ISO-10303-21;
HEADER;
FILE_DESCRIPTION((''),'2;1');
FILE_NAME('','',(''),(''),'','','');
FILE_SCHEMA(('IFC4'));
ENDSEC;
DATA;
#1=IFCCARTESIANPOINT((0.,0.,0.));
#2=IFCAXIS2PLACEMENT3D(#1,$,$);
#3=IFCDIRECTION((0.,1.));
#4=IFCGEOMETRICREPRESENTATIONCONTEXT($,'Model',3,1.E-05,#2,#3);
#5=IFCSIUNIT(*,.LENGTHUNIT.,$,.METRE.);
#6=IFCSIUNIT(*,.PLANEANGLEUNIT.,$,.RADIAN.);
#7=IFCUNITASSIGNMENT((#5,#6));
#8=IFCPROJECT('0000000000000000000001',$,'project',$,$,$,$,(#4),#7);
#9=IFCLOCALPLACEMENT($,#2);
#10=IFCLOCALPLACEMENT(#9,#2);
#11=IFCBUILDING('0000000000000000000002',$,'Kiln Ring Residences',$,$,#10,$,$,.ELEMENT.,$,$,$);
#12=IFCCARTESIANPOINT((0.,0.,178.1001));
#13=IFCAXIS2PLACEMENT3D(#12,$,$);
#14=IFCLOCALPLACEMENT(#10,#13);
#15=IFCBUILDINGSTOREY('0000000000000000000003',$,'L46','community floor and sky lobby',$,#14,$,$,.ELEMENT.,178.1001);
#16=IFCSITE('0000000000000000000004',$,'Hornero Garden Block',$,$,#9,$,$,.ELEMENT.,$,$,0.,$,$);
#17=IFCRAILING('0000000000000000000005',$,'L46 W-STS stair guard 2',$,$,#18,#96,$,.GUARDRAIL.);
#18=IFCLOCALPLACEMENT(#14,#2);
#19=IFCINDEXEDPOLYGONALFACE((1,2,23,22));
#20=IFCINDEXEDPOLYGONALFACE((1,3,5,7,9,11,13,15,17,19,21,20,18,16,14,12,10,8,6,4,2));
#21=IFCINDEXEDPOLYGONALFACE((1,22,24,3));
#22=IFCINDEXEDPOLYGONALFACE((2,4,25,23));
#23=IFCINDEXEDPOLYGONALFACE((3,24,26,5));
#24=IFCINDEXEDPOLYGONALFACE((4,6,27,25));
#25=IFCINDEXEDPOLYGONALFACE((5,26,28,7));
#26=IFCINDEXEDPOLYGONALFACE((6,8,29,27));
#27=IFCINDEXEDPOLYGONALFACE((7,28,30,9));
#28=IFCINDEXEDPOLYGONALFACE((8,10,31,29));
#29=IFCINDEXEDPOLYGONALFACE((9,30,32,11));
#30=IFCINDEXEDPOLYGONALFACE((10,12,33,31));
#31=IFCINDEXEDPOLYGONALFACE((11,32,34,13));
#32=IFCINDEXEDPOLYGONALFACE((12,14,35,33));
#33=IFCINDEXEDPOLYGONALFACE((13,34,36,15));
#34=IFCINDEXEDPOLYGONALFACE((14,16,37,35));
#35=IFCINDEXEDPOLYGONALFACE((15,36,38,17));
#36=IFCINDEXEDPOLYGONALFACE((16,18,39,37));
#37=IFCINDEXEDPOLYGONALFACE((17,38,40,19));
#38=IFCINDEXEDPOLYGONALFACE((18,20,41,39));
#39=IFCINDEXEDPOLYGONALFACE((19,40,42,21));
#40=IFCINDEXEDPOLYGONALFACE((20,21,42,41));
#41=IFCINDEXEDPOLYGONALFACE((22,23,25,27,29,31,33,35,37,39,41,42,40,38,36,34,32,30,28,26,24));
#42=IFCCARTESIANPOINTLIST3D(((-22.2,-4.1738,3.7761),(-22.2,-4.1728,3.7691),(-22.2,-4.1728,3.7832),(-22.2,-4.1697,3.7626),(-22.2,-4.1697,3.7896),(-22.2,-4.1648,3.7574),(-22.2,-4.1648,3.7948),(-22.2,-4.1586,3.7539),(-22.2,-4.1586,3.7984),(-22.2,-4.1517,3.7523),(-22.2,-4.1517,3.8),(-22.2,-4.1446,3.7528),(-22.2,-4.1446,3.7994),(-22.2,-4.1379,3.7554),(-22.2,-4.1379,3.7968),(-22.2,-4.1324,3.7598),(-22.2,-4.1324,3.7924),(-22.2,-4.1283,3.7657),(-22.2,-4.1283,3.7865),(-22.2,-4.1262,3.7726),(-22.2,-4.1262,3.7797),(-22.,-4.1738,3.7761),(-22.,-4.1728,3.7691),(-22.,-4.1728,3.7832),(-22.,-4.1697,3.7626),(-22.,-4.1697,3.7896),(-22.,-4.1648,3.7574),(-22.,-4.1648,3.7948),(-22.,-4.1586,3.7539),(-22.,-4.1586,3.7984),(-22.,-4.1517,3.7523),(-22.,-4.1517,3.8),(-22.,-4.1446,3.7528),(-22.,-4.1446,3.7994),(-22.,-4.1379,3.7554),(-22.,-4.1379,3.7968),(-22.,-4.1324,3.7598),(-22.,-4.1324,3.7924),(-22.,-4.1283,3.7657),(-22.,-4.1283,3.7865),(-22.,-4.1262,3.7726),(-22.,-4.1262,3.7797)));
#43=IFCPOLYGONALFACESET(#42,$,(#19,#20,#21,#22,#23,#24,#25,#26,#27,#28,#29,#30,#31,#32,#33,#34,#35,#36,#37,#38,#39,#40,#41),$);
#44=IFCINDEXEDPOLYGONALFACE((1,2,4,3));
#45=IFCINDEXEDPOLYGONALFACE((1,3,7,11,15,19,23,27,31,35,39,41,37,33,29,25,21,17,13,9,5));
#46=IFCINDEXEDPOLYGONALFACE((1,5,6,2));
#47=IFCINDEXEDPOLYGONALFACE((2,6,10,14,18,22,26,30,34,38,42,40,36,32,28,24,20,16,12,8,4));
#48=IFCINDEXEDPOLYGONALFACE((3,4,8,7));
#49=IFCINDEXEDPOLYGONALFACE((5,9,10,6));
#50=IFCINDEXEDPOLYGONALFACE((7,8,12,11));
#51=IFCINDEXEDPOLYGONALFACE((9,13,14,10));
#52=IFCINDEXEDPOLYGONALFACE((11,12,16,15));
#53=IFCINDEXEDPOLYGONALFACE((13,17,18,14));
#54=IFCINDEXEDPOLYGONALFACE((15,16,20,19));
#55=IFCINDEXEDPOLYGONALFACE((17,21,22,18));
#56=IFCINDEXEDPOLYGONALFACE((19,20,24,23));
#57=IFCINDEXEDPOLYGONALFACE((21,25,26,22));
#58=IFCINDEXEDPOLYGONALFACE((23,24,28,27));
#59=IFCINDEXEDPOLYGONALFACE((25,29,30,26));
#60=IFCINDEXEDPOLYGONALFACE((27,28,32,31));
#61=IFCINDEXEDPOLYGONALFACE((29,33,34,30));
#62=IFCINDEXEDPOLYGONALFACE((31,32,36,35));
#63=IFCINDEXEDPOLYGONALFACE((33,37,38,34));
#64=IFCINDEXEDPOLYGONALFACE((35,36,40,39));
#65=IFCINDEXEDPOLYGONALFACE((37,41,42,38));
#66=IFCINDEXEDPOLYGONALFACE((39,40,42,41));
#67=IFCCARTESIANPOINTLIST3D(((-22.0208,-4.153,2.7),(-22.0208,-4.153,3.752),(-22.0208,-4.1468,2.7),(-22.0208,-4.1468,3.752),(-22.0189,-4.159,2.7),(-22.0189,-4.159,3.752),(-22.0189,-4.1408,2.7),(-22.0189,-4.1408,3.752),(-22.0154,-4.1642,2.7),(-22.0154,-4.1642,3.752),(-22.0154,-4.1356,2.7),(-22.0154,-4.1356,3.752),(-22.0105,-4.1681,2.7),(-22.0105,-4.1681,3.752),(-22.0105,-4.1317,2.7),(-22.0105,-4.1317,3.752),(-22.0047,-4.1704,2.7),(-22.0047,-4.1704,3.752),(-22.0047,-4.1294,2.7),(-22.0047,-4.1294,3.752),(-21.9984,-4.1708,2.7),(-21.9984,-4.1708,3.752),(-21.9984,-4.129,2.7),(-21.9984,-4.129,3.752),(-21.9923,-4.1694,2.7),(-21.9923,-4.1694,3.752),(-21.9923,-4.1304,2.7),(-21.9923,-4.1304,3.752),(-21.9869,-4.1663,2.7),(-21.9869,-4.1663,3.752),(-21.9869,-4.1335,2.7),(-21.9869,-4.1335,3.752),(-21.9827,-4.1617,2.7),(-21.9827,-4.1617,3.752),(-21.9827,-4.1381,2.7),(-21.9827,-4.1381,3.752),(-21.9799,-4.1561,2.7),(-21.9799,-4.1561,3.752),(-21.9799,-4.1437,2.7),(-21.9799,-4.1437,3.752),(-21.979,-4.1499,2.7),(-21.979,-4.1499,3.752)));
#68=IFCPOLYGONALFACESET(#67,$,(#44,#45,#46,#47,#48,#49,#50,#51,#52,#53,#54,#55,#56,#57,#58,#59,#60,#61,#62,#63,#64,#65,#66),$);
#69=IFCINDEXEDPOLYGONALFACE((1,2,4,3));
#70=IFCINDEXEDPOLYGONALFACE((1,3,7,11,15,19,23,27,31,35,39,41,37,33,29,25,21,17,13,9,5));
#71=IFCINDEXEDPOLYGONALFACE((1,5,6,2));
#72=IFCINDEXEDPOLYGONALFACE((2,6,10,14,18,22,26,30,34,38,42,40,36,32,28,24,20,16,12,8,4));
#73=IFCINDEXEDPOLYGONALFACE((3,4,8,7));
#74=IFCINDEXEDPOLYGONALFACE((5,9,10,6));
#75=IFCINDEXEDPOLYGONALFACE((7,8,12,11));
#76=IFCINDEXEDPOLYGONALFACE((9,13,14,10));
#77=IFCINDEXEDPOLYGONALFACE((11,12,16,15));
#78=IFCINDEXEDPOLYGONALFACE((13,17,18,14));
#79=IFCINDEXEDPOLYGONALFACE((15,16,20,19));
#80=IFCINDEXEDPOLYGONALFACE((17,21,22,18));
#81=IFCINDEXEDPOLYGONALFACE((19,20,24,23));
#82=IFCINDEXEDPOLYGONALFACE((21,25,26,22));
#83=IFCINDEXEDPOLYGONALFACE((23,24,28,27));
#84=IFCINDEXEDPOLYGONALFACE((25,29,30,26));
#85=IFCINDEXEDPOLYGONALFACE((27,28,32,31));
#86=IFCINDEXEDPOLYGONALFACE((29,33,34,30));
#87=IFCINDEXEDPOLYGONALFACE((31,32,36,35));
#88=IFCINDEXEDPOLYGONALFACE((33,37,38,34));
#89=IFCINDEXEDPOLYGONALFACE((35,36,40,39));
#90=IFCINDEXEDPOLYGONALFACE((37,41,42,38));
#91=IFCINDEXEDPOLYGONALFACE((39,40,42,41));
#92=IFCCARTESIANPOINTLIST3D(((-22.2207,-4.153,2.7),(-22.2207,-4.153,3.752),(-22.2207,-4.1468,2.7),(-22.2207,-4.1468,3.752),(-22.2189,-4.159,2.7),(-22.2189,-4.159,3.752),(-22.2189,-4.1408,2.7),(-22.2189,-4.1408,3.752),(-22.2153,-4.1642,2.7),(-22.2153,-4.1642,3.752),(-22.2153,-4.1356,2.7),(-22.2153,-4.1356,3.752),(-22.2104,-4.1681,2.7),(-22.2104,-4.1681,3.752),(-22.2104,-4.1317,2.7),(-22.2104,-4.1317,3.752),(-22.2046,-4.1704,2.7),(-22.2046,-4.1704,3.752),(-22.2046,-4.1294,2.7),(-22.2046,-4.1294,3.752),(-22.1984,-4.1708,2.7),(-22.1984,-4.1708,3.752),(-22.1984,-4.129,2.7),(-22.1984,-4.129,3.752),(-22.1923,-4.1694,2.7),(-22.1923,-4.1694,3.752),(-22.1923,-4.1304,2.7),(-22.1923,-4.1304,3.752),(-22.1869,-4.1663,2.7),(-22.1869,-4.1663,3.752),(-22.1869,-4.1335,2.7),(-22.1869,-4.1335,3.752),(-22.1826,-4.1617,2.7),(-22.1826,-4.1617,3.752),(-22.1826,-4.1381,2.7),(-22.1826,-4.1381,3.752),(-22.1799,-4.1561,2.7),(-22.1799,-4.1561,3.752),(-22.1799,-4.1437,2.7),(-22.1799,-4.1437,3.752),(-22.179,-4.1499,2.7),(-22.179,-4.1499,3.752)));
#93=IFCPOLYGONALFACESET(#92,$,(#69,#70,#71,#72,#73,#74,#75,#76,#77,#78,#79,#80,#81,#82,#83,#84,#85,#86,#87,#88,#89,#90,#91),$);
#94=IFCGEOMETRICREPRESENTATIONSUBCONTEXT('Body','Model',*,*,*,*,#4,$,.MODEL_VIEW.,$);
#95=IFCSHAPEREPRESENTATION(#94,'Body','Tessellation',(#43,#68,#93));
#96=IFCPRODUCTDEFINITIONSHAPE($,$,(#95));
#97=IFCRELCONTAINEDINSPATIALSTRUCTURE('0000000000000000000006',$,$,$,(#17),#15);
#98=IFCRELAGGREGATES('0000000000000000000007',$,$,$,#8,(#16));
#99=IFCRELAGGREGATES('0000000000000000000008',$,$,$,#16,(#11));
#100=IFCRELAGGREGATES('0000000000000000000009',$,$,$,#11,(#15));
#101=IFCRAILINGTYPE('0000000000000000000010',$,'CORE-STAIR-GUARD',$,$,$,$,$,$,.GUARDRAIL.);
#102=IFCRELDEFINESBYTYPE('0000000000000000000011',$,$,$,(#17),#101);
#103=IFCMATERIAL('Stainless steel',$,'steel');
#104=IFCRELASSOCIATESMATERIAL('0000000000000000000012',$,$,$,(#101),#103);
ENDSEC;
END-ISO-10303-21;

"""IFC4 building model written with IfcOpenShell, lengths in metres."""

from ifc_helpers import new_model, si_unit, direction, frame, origin, origin_2d, place, context, subcontext, project, spatial, circle, extrude, material, type_object, element, save


model = new_model("IFC4")

# Units and contexts
model_context = context("Model", 3, precision=1e-05, world=origin(), true_north=direction((0.0, 1.0)))
body_context = subcontext(model_context, "Body", "Model", "MODEL_VIEW")
ifc_project = project(units=[si_unit("LENGTHUNIT", "METRE"), si_unit("PLANEANGLEUNIT", "RADIAN")], contexts=[model_context])

# Site, building, storey
site_placement = place(None, origin())
site = spatial("IfcSite", under=ifc_project, at=site_placement, Name="Hornero Garden Block", CompositionType="ELEMENT", RefElevation=0.0)
building_placement = place(site_placement, origin())
building = spatial("IfcBuilding", under=site, at=building_placement, Name="Kiln Ring Residences", CompositionType="ELEMENT")
storey_placement = place(building_placement, frame((0.0, 0.0, 178.1001)))
storey = spatial("IfcBuildingStorey", under=building, at=storey_placement, Name="L46", Description="community floor and sky lobby", CompositionType="ELEMENT", Elevation=178.1001)

# Railing
ifc_material_1 = material(Name="Stainless steel", Category="steel")
railing_type_1 = type_object("IfcRailingType", Name="CORE-STAIR-GUARD", PredefinedType="GUARDRAIL", material=ifc_material_1)
railing_1_placement = place(storey_placement, frame((-22.0, -4.1499, 2.7)))
element("IfcRailing", 1, at=railing_1_placement, inside=storey, type_object=railing_type_1, Name="L46 W-STS stair guard 2", PredefinedType="GUARDRAIL", context=body_context, shape_type="SweptSolid", body=[
    extrude(circle(Radius=0.0239, at=origin_2d()), frame((0.0, 0.0, 1.0762), z_axis=(-1.0, 0.0, 0.0), x_axis=(0.0, -1.0, 0.0)), (0.0, 0.0, 1.0), 0.2),
    extrude(circle(Radius=0.021, at=origin_2d()), origin(), (0.0, 0.0, 1.0), 1.052),
    extrude(circle(Radius=0.021, at=origin_2d()), frame((-0.2, 0.0, 0.0)), (0.0, 0.0, 1.0), 1.052),
])

save(model, "model.ifc")
